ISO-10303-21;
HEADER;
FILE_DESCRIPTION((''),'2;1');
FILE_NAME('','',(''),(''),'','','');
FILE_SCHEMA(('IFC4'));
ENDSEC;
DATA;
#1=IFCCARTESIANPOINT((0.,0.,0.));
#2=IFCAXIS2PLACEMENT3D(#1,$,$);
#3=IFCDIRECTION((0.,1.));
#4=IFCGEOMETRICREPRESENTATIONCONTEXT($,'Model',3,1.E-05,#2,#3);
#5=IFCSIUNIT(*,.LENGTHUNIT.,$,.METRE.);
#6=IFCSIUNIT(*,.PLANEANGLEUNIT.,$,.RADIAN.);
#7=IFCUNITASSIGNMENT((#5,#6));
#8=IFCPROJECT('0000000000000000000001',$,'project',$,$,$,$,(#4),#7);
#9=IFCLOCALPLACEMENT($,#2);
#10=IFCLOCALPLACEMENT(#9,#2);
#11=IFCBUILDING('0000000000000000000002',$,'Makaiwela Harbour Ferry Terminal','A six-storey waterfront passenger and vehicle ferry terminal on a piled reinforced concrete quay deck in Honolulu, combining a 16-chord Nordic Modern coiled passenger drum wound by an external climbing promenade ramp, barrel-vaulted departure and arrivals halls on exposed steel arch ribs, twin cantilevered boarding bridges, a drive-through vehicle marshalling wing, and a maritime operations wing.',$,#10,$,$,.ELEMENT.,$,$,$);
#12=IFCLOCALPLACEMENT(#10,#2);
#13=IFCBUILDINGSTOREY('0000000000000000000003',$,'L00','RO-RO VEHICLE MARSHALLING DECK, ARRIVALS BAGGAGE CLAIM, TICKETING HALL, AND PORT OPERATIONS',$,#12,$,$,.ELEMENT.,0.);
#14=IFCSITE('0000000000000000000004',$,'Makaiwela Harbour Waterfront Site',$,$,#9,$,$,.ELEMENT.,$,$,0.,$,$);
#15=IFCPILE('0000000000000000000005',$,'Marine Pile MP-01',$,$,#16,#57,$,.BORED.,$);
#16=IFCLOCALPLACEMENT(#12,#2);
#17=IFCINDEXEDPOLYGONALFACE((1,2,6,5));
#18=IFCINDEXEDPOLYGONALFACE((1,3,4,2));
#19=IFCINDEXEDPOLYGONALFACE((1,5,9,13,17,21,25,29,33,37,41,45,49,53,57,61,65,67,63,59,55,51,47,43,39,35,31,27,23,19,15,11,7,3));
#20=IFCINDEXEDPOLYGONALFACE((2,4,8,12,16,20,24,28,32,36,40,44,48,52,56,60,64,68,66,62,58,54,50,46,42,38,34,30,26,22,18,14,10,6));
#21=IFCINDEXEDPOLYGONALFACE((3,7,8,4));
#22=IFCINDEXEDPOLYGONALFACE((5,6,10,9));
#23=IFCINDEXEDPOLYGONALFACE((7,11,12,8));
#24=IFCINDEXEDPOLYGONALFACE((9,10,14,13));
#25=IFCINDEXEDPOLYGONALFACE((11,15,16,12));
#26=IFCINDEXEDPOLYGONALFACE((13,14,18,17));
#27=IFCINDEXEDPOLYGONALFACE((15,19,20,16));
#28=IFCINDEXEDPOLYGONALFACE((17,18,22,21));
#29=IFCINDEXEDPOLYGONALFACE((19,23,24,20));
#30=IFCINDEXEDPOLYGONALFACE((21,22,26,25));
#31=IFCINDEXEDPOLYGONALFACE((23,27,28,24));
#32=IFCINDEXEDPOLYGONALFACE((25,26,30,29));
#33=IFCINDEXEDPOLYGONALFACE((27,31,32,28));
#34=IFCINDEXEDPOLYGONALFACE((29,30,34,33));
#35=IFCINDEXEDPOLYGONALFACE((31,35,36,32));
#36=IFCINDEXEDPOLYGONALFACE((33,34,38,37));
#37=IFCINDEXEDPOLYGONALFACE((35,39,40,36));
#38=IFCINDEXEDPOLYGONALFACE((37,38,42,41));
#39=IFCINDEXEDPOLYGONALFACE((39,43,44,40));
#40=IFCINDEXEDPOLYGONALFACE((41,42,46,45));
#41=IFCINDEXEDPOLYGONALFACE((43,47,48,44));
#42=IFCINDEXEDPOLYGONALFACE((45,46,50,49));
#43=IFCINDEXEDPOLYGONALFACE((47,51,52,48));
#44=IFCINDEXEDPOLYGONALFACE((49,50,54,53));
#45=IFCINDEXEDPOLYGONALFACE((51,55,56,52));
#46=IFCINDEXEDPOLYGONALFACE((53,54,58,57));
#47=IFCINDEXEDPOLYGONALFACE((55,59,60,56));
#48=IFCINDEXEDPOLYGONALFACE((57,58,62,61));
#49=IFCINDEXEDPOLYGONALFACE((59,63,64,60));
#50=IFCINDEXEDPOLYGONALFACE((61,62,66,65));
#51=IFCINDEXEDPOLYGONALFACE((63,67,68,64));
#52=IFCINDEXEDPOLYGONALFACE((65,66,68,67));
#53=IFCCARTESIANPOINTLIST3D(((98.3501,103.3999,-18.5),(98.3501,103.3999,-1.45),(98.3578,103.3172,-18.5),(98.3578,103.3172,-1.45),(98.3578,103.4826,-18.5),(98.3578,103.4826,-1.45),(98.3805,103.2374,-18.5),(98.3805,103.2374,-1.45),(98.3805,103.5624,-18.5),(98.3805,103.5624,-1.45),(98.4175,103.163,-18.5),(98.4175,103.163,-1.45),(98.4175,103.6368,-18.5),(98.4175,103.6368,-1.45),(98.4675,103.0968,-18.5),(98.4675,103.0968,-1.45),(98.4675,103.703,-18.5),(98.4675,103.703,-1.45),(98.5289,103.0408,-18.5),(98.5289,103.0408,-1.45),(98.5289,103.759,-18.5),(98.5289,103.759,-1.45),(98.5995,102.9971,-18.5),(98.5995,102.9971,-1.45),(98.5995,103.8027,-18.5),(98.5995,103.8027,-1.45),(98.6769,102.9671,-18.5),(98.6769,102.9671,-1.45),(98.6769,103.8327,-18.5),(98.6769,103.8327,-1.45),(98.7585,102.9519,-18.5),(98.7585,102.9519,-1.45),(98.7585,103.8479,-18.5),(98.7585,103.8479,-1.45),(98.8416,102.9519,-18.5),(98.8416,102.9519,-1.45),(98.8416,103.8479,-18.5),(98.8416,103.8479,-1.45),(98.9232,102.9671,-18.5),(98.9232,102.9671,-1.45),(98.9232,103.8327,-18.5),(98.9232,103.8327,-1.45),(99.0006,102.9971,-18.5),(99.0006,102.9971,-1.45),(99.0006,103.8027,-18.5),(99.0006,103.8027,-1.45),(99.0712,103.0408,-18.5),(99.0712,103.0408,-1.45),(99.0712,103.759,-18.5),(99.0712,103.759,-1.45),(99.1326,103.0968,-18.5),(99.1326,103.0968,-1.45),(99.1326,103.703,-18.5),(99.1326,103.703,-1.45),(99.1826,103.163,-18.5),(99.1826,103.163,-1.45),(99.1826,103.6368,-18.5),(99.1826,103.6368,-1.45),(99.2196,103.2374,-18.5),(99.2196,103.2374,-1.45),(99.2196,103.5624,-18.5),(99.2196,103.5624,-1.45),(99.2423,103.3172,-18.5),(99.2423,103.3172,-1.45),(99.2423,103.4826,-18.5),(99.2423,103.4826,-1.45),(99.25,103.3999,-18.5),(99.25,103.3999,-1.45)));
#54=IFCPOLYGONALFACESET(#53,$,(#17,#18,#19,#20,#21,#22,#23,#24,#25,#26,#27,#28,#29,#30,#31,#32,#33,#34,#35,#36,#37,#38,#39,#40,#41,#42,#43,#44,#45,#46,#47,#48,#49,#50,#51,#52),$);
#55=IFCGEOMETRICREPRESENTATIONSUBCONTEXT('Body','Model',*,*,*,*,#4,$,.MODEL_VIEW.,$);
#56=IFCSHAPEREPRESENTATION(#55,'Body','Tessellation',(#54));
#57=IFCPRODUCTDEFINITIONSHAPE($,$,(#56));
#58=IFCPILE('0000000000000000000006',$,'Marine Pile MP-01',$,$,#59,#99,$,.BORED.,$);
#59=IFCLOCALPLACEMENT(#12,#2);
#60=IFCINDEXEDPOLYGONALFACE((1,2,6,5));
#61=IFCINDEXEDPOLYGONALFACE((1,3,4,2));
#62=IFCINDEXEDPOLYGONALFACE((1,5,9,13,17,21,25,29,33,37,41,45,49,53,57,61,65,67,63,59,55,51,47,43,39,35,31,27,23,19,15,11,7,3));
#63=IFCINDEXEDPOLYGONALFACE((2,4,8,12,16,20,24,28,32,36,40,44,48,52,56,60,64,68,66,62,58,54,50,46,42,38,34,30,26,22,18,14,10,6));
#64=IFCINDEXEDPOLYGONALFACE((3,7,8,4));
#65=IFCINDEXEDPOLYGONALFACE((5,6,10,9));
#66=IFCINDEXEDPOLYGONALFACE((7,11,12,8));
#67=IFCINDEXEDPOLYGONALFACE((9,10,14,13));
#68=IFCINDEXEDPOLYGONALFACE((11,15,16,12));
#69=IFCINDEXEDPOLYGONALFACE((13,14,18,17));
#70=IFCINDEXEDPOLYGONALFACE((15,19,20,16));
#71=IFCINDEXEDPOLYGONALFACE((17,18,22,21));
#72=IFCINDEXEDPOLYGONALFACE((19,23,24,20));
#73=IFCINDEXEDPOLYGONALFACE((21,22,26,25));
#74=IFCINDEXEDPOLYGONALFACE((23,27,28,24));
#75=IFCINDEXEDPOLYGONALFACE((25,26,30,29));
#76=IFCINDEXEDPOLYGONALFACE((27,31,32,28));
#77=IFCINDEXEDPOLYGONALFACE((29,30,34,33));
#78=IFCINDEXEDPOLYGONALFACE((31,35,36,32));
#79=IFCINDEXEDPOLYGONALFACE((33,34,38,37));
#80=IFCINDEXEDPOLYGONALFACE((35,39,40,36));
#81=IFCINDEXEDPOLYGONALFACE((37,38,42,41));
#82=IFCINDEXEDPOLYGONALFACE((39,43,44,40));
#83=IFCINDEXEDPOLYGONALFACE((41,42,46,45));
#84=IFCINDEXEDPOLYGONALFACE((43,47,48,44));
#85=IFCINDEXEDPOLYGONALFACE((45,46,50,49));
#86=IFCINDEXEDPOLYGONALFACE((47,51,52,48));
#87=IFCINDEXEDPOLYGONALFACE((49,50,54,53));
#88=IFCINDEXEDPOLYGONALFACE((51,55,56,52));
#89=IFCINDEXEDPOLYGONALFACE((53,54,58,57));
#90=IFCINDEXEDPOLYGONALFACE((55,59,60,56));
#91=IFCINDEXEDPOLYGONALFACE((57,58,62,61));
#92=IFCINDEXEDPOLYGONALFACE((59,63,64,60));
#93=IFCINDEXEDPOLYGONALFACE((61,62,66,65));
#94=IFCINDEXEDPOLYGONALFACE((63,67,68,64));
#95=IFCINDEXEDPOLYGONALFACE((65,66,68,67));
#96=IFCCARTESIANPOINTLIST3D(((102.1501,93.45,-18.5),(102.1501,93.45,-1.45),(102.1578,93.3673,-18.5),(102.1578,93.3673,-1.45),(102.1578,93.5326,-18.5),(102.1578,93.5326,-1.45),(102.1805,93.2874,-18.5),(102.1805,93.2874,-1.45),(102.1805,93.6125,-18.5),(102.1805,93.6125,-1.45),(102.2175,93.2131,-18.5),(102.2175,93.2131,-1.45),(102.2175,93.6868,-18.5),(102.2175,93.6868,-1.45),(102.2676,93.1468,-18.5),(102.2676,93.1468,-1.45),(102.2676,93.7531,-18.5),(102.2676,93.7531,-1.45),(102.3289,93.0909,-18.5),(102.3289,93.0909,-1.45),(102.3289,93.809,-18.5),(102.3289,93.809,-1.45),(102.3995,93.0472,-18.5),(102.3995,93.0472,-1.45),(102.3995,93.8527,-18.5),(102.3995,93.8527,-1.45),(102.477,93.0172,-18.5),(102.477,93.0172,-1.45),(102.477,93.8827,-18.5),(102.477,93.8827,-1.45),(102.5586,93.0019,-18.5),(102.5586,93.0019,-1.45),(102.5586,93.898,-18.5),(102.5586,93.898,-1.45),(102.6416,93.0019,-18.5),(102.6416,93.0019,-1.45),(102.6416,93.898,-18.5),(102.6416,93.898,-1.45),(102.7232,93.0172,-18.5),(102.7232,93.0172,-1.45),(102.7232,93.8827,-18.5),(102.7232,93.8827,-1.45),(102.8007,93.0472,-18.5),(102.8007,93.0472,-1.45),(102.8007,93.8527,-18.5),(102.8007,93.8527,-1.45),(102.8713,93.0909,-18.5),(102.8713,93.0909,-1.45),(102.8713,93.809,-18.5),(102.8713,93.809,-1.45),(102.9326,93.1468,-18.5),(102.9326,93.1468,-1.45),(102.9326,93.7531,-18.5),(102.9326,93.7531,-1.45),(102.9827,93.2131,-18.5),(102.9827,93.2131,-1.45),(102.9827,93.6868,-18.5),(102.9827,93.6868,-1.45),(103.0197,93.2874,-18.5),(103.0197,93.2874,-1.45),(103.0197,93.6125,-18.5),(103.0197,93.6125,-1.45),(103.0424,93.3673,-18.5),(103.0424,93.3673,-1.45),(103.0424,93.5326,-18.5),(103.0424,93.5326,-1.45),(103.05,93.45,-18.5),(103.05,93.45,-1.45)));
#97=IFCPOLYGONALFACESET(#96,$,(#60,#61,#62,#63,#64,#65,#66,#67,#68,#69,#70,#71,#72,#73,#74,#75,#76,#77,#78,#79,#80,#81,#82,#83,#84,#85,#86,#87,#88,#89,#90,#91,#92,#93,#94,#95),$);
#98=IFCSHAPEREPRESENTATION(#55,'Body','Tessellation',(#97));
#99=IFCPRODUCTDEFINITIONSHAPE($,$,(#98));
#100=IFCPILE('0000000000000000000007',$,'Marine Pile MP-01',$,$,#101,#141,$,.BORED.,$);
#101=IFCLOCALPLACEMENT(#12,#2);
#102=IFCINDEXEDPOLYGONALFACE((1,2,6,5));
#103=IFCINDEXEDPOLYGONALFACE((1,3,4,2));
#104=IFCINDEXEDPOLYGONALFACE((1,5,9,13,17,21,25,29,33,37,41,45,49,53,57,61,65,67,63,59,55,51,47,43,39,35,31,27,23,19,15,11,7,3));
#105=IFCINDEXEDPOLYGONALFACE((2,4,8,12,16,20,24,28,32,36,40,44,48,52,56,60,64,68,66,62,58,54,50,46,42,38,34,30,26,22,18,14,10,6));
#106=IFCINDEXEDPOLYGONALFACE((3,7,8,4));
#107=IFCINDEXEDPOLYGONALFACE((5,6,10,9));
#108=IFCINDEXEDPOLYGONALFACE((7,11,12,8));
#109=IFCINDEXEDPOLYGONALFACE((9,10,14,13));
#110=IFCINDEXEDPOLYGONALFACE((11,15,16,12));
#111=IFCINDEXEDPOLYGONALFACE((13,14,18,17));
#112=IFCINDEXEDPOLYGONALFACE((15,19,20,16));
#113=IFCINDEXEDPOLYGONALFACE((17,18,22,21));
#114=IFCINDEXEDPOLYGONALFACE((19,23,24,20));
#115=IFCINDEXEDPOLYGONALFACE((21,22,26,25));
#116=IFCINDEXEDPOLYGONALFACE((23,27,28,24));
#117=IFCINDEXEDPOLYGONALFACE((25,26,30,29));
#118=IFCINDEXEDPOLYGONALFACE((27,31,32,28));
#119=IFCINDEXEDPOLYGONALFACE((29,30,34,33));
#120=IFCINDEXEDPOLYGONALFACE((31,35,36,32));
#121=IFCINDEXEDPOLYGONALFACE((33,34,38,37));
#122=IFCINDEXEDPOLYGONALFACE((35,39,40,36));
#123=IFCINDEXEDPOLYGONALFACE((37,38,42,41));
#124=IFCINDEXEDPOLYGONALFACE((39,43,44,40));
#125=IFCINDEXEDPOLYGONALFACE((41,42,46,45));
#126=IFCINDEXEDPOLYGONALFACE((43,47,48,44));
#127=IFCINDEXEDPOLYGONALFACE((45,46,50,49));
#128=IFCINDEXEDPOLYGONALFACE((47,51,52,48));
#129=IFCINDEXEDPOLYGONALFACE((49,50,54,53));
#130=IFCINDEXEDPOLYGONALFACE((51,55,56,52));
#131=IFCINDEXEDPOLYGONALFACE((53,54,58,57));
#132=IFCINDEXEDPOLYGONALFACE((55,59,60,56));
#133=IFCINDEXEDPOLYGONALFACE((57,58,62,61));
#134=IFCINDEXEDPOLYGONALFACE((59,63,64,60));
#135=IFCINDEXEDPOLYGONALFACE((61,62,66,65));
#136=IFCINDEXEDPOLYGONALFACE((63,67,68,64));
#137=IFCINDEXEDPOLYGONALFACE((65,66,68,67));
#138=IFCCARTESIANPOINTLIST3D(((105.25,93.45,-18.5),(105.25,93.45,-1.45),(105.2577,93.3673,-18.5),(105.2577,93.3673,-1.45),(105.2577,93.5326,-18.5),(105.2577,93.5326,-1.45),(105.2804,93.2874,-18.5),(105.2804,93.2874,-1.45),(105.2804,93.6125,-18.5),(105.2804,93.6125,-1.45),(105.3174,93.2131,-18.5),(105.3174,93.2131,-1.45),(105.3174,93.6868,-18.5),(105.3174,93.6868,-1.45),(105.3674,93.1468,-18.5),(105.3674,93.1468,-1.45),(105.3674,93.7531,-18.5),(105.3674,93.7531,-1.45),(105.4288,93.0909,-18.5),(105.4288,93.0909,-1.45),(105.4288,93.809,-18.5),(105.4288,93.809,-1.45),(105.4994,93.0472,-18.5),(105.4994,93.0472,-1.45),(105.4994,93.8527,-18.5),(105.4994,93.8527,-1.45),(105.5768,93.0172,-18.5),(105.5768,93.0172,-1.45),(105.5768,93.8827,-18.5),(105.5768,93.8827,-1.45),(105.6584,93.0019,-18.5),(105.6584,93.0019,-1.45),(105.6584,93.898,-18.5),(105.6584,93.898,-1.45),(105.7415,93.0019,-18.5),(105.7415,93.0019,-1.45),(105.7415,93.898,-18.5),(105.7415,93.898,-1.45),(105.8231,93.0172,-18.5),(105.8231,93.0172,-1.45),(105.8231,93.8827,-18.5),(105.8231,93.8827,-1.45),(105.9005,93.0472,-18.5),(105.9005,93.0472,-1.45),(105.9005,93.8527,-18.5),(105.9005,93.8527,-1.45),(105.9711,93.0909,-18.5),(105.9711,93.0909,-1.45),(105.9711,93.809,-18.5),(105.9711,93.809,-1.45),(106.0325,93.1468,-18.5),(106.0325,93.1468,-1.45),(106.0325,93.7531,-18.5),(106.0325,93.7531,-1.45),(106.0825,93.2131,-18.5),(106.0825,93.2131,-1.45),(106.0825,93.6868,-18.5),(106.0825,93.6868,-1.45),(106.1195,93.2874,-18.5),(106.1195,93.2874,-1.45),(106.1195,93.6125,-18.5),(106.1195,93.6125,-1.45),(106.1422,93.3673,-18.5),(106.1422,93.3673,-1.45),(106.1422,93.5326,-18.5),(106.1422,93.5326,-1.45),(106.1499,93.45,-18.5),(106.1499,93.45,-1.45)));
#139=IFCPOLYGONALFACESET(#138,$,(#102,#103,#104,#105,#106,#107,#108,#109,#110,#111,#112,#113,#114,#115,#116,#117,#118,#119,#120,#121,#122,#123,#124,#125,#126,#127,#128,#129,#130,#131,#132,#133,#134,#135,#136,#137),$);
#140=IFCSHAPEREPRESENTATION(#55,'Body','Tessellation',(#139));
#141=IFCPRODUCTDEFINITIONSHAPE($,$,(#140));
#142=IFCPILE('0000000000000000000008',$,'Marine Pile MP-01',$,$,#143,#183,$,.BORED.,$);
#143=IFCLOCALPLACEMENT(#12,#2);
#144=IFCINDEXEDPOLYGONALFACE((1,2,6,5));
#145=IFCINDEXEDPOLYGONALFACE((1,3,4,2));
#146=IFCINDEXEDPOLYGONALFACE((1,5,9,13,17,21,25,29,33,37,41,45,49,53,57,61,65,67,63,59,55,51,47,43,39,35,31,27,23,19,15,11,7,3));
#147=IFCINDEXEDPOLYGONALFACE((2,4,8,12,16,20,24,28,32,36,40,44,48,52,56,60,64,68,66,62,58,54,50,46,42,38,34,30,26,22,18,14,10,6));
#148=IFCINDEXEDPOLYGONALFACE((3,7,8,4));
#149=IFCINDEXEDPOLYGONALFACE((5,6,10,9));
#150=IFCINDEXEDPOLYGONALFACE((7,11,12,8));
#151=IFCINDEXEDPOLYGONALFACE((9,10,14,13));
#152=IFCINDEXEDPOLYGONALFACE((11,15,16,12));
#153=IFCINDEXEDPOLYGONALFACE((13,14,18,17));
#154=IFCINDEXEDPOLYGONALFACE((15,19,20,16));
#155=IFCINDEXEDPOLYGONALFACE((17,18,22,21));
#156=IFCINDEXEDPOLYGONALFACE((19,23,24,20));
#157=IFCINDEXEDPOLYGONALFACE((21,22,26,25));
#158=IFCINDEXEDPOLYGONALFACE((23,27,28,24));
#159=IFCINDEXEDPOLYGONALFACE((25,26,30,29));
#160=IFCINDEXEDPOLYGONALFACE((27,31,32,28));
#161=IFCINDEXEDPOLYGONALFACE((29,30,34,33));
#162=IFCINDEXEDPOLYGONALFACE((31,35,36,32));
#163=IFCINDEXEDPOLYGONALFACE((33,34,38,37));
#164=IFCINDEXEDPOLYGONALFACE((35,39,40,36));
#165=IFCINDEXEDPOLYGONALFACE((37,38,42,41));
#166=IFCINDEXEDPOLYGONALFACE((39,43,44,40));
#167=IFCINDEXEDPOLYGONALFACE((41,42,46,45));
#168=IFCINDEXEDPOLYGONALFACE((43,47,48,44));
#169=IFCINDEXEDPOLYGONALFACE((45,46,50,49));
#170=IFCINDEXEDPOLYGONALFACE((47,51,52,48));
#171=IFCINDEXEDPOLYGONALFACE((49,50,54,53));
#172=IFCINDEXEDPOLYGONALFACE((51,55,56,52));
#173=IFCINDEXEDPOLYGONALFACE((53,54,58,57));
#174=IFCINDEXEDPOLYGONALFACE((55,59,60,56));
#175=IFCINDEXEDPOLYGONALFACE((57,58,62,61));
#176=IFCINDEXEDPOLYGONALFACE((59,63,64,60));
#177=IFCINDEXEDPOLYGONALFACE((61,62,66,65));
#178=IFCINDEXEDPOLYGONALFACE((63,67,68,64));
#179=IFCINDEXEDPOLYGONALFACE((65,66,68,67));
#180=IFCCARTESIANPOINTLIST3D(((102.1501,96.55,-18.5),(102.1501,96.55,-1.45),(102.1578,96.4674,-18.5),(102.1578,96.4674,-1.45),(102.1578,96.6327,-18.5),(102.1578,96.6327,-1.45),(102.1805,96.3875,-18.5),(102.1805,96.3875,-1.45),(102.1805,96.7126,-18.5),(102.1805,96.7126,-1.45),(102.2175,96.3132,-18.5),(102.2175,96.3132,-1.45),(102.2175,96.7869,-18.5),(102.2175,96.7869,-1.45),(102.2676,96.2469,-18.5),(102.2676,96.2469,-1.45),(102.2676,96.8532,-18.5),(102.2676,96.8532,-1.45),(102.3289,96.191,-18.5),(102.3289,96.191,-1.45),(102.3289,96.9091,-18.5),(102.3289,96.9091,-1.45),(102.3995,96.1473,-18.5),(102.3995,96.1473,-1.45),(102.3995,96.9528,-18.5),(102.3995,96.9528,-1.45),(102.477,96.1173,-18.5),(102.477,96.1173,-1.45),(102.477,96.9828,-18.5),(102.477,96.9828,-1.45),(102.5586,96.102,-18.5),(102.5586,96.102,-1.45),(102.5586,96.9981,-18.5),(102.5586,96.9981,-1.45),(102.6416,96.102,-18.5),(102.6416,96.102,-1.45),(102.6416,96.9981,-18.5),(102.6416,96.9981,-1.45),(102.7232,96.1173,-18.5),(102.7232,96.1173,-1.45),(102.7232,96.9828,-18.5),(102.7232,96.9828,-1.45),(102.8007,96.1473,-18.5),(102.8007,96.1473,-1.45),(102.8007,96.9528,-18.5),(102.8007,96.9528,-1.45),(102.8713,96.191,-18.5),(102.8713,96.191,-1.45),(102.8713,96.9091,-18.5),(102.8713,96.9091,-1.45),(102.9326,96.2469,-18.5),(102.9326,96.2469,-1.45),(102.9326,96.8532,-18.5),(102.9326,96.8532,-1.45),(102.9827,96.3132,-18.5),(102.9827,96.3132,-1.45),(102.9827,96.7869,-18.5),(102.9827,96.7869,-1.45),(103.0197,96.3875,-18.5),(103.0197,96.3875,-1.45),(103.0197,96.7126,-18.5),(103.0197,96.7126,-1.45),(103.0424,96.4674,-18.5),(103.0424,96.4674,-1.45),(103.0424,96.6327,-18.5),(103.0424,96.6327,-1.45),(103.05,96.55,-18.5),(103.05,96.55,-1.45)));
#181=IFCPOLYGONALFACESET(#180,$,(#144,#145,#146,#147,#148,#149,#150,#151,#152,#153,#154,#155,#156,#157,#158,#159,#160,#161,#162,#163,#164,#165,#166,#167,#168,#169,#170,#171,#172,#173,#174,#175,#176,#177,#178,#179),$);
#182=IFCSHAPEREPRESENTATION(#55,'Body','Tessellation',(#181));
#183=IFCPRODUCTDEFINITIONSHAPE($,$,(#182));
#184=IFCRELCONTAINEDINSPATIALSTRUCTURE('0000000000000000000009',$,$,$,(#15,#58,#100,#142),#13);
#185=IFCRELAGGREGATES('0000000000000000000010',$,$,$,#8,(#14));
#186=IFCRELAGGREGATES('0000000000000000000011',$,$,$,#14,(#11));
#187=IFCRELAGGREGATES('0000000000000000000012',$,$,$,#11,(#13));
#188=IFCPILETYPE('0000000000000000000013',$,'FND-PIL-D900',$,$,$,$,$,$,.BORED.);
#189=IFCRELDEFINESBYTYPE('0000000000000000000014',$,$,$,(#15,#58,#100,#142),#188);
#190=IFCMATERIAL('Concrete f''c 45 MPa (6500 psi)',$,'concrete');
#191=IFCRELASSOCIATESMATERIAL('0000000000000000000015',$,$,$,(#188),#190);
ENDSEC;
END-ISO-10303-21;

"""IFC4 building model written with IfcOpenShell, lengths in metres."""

from ifc_helpers import new_model, si_unit, direction, frame, origin, origin_2d, place, context, subcontext, project, spatial, circle, extrude, material, material_profile, profile_set, type_object, element, save


model = new_model("IFC4")

# Units and contexts
model_context = context("Model", 3, precision=1e-05, world=origin(), true_north=direction((0.0, 1.0)))
body_context = subcontext(model_context, "Body", "Model", "MODEL_VIEW")
ifc_project = project(units=[si_unit("LENGTHUNIT", "METRE"), si_unit("PLANEANGLEUNIT", "RADIAN")], contexts=[model_context])

# Site, building, storey
site_placement = place(None, origin())
site = spatial("IfcSite", under=ifc_project, at=site_placement, Name="Makaiwela Harbour Waterfront Site", CompositionType="ELEMENT", RefElevation=0.0)
building_placement = place(site_placement, origin())
building = spatial("IfcBuilding", under=site, at=building_placement, Name="Makaiwela Harbour Ferry Terminal", Description="A six-storey waterfront passenger and vehicle ferry terminal on a piled reinforced concrete quay deck in Honolulu, combining a 16-chord Nordic Modern coiled passenger drum wound by an external climbing promenade ramp, barrel-vaulted departure and arrivals halls on exposed steel arch ribs, twin cantilevered boarding bridges, a drive-through vehicle marshalling wing, and a maritime operations wing.", CompositionType="ELEMENT")
storey_placement = place(building_placement, origin())
storey = spatial("IfcBuildingStorey", under=building, at=storey_placement, Name="L00", Description="RO-RO VEHICLE MARSHALLING DECK, ARRIVALS BAGGAGE CLAIM, TICKETING HALL, AND PORT OPERATIONS", CompositionType="ELEMENT", Elevation=0.0)

# Shared definitions
ifc_material_1 = material(Name="Concrete f'c 45 MPa (6500 psi)", Category="concrete")

# Piles
ifc_material_profile_1 = material_profile(ifc_material_1, circle(Radius=0.45, at=origin_2d()), Name="PILE-D900")
ifc_profile_set_1 = profile_set([ifc_material_profile_1], Name="Concrete f'c 45 MPa (6500 psi)")
pile_type = type_object("IfcPileType", Name="FND-PIL-D900", PredefinedType="BORED", material=ifc_profile_set_1)
for number, where, z_axis, x_axis, name in (
    (1, (98.8, 103.3999, -1.45), (0.0, 0.0, -1.0), (1.0, 0.0, 0.0), "Marine Pile MP-01"),
    (2, (102.6001, 93.45, -1.45), (0.0, 0.0, -1.0), (1.0, 0.0, 0.0), "Marine Pile MP-01"),
    (3, (105.7, 93.45, -1.45), (0.0, 0.0, -1.0), (1.0, 0.0, 0.0), "Marine Pile MP-01"),
    (4, (102.6001, 96.55, -1.45), (0.0, 0.0, -1.0), (1.0, 0.0, 0.0), "Marine Pile MP-01"),
):
    element("IfcPile", number, at=place(storey_placement, frame(where, z_axis=z_axis, x_axis=x_axis)), inside=storey, type_object=pile_type, Name=name, PredefinedType="BORED", context=body_context, shape_type="SweptSolid", body=[
        extrude(circle(Radius=0.45, at=origin_2d()), origin(), (0.0, 0.0, 1.0), 17.05),
    ])

save(model, "model.ifc")
